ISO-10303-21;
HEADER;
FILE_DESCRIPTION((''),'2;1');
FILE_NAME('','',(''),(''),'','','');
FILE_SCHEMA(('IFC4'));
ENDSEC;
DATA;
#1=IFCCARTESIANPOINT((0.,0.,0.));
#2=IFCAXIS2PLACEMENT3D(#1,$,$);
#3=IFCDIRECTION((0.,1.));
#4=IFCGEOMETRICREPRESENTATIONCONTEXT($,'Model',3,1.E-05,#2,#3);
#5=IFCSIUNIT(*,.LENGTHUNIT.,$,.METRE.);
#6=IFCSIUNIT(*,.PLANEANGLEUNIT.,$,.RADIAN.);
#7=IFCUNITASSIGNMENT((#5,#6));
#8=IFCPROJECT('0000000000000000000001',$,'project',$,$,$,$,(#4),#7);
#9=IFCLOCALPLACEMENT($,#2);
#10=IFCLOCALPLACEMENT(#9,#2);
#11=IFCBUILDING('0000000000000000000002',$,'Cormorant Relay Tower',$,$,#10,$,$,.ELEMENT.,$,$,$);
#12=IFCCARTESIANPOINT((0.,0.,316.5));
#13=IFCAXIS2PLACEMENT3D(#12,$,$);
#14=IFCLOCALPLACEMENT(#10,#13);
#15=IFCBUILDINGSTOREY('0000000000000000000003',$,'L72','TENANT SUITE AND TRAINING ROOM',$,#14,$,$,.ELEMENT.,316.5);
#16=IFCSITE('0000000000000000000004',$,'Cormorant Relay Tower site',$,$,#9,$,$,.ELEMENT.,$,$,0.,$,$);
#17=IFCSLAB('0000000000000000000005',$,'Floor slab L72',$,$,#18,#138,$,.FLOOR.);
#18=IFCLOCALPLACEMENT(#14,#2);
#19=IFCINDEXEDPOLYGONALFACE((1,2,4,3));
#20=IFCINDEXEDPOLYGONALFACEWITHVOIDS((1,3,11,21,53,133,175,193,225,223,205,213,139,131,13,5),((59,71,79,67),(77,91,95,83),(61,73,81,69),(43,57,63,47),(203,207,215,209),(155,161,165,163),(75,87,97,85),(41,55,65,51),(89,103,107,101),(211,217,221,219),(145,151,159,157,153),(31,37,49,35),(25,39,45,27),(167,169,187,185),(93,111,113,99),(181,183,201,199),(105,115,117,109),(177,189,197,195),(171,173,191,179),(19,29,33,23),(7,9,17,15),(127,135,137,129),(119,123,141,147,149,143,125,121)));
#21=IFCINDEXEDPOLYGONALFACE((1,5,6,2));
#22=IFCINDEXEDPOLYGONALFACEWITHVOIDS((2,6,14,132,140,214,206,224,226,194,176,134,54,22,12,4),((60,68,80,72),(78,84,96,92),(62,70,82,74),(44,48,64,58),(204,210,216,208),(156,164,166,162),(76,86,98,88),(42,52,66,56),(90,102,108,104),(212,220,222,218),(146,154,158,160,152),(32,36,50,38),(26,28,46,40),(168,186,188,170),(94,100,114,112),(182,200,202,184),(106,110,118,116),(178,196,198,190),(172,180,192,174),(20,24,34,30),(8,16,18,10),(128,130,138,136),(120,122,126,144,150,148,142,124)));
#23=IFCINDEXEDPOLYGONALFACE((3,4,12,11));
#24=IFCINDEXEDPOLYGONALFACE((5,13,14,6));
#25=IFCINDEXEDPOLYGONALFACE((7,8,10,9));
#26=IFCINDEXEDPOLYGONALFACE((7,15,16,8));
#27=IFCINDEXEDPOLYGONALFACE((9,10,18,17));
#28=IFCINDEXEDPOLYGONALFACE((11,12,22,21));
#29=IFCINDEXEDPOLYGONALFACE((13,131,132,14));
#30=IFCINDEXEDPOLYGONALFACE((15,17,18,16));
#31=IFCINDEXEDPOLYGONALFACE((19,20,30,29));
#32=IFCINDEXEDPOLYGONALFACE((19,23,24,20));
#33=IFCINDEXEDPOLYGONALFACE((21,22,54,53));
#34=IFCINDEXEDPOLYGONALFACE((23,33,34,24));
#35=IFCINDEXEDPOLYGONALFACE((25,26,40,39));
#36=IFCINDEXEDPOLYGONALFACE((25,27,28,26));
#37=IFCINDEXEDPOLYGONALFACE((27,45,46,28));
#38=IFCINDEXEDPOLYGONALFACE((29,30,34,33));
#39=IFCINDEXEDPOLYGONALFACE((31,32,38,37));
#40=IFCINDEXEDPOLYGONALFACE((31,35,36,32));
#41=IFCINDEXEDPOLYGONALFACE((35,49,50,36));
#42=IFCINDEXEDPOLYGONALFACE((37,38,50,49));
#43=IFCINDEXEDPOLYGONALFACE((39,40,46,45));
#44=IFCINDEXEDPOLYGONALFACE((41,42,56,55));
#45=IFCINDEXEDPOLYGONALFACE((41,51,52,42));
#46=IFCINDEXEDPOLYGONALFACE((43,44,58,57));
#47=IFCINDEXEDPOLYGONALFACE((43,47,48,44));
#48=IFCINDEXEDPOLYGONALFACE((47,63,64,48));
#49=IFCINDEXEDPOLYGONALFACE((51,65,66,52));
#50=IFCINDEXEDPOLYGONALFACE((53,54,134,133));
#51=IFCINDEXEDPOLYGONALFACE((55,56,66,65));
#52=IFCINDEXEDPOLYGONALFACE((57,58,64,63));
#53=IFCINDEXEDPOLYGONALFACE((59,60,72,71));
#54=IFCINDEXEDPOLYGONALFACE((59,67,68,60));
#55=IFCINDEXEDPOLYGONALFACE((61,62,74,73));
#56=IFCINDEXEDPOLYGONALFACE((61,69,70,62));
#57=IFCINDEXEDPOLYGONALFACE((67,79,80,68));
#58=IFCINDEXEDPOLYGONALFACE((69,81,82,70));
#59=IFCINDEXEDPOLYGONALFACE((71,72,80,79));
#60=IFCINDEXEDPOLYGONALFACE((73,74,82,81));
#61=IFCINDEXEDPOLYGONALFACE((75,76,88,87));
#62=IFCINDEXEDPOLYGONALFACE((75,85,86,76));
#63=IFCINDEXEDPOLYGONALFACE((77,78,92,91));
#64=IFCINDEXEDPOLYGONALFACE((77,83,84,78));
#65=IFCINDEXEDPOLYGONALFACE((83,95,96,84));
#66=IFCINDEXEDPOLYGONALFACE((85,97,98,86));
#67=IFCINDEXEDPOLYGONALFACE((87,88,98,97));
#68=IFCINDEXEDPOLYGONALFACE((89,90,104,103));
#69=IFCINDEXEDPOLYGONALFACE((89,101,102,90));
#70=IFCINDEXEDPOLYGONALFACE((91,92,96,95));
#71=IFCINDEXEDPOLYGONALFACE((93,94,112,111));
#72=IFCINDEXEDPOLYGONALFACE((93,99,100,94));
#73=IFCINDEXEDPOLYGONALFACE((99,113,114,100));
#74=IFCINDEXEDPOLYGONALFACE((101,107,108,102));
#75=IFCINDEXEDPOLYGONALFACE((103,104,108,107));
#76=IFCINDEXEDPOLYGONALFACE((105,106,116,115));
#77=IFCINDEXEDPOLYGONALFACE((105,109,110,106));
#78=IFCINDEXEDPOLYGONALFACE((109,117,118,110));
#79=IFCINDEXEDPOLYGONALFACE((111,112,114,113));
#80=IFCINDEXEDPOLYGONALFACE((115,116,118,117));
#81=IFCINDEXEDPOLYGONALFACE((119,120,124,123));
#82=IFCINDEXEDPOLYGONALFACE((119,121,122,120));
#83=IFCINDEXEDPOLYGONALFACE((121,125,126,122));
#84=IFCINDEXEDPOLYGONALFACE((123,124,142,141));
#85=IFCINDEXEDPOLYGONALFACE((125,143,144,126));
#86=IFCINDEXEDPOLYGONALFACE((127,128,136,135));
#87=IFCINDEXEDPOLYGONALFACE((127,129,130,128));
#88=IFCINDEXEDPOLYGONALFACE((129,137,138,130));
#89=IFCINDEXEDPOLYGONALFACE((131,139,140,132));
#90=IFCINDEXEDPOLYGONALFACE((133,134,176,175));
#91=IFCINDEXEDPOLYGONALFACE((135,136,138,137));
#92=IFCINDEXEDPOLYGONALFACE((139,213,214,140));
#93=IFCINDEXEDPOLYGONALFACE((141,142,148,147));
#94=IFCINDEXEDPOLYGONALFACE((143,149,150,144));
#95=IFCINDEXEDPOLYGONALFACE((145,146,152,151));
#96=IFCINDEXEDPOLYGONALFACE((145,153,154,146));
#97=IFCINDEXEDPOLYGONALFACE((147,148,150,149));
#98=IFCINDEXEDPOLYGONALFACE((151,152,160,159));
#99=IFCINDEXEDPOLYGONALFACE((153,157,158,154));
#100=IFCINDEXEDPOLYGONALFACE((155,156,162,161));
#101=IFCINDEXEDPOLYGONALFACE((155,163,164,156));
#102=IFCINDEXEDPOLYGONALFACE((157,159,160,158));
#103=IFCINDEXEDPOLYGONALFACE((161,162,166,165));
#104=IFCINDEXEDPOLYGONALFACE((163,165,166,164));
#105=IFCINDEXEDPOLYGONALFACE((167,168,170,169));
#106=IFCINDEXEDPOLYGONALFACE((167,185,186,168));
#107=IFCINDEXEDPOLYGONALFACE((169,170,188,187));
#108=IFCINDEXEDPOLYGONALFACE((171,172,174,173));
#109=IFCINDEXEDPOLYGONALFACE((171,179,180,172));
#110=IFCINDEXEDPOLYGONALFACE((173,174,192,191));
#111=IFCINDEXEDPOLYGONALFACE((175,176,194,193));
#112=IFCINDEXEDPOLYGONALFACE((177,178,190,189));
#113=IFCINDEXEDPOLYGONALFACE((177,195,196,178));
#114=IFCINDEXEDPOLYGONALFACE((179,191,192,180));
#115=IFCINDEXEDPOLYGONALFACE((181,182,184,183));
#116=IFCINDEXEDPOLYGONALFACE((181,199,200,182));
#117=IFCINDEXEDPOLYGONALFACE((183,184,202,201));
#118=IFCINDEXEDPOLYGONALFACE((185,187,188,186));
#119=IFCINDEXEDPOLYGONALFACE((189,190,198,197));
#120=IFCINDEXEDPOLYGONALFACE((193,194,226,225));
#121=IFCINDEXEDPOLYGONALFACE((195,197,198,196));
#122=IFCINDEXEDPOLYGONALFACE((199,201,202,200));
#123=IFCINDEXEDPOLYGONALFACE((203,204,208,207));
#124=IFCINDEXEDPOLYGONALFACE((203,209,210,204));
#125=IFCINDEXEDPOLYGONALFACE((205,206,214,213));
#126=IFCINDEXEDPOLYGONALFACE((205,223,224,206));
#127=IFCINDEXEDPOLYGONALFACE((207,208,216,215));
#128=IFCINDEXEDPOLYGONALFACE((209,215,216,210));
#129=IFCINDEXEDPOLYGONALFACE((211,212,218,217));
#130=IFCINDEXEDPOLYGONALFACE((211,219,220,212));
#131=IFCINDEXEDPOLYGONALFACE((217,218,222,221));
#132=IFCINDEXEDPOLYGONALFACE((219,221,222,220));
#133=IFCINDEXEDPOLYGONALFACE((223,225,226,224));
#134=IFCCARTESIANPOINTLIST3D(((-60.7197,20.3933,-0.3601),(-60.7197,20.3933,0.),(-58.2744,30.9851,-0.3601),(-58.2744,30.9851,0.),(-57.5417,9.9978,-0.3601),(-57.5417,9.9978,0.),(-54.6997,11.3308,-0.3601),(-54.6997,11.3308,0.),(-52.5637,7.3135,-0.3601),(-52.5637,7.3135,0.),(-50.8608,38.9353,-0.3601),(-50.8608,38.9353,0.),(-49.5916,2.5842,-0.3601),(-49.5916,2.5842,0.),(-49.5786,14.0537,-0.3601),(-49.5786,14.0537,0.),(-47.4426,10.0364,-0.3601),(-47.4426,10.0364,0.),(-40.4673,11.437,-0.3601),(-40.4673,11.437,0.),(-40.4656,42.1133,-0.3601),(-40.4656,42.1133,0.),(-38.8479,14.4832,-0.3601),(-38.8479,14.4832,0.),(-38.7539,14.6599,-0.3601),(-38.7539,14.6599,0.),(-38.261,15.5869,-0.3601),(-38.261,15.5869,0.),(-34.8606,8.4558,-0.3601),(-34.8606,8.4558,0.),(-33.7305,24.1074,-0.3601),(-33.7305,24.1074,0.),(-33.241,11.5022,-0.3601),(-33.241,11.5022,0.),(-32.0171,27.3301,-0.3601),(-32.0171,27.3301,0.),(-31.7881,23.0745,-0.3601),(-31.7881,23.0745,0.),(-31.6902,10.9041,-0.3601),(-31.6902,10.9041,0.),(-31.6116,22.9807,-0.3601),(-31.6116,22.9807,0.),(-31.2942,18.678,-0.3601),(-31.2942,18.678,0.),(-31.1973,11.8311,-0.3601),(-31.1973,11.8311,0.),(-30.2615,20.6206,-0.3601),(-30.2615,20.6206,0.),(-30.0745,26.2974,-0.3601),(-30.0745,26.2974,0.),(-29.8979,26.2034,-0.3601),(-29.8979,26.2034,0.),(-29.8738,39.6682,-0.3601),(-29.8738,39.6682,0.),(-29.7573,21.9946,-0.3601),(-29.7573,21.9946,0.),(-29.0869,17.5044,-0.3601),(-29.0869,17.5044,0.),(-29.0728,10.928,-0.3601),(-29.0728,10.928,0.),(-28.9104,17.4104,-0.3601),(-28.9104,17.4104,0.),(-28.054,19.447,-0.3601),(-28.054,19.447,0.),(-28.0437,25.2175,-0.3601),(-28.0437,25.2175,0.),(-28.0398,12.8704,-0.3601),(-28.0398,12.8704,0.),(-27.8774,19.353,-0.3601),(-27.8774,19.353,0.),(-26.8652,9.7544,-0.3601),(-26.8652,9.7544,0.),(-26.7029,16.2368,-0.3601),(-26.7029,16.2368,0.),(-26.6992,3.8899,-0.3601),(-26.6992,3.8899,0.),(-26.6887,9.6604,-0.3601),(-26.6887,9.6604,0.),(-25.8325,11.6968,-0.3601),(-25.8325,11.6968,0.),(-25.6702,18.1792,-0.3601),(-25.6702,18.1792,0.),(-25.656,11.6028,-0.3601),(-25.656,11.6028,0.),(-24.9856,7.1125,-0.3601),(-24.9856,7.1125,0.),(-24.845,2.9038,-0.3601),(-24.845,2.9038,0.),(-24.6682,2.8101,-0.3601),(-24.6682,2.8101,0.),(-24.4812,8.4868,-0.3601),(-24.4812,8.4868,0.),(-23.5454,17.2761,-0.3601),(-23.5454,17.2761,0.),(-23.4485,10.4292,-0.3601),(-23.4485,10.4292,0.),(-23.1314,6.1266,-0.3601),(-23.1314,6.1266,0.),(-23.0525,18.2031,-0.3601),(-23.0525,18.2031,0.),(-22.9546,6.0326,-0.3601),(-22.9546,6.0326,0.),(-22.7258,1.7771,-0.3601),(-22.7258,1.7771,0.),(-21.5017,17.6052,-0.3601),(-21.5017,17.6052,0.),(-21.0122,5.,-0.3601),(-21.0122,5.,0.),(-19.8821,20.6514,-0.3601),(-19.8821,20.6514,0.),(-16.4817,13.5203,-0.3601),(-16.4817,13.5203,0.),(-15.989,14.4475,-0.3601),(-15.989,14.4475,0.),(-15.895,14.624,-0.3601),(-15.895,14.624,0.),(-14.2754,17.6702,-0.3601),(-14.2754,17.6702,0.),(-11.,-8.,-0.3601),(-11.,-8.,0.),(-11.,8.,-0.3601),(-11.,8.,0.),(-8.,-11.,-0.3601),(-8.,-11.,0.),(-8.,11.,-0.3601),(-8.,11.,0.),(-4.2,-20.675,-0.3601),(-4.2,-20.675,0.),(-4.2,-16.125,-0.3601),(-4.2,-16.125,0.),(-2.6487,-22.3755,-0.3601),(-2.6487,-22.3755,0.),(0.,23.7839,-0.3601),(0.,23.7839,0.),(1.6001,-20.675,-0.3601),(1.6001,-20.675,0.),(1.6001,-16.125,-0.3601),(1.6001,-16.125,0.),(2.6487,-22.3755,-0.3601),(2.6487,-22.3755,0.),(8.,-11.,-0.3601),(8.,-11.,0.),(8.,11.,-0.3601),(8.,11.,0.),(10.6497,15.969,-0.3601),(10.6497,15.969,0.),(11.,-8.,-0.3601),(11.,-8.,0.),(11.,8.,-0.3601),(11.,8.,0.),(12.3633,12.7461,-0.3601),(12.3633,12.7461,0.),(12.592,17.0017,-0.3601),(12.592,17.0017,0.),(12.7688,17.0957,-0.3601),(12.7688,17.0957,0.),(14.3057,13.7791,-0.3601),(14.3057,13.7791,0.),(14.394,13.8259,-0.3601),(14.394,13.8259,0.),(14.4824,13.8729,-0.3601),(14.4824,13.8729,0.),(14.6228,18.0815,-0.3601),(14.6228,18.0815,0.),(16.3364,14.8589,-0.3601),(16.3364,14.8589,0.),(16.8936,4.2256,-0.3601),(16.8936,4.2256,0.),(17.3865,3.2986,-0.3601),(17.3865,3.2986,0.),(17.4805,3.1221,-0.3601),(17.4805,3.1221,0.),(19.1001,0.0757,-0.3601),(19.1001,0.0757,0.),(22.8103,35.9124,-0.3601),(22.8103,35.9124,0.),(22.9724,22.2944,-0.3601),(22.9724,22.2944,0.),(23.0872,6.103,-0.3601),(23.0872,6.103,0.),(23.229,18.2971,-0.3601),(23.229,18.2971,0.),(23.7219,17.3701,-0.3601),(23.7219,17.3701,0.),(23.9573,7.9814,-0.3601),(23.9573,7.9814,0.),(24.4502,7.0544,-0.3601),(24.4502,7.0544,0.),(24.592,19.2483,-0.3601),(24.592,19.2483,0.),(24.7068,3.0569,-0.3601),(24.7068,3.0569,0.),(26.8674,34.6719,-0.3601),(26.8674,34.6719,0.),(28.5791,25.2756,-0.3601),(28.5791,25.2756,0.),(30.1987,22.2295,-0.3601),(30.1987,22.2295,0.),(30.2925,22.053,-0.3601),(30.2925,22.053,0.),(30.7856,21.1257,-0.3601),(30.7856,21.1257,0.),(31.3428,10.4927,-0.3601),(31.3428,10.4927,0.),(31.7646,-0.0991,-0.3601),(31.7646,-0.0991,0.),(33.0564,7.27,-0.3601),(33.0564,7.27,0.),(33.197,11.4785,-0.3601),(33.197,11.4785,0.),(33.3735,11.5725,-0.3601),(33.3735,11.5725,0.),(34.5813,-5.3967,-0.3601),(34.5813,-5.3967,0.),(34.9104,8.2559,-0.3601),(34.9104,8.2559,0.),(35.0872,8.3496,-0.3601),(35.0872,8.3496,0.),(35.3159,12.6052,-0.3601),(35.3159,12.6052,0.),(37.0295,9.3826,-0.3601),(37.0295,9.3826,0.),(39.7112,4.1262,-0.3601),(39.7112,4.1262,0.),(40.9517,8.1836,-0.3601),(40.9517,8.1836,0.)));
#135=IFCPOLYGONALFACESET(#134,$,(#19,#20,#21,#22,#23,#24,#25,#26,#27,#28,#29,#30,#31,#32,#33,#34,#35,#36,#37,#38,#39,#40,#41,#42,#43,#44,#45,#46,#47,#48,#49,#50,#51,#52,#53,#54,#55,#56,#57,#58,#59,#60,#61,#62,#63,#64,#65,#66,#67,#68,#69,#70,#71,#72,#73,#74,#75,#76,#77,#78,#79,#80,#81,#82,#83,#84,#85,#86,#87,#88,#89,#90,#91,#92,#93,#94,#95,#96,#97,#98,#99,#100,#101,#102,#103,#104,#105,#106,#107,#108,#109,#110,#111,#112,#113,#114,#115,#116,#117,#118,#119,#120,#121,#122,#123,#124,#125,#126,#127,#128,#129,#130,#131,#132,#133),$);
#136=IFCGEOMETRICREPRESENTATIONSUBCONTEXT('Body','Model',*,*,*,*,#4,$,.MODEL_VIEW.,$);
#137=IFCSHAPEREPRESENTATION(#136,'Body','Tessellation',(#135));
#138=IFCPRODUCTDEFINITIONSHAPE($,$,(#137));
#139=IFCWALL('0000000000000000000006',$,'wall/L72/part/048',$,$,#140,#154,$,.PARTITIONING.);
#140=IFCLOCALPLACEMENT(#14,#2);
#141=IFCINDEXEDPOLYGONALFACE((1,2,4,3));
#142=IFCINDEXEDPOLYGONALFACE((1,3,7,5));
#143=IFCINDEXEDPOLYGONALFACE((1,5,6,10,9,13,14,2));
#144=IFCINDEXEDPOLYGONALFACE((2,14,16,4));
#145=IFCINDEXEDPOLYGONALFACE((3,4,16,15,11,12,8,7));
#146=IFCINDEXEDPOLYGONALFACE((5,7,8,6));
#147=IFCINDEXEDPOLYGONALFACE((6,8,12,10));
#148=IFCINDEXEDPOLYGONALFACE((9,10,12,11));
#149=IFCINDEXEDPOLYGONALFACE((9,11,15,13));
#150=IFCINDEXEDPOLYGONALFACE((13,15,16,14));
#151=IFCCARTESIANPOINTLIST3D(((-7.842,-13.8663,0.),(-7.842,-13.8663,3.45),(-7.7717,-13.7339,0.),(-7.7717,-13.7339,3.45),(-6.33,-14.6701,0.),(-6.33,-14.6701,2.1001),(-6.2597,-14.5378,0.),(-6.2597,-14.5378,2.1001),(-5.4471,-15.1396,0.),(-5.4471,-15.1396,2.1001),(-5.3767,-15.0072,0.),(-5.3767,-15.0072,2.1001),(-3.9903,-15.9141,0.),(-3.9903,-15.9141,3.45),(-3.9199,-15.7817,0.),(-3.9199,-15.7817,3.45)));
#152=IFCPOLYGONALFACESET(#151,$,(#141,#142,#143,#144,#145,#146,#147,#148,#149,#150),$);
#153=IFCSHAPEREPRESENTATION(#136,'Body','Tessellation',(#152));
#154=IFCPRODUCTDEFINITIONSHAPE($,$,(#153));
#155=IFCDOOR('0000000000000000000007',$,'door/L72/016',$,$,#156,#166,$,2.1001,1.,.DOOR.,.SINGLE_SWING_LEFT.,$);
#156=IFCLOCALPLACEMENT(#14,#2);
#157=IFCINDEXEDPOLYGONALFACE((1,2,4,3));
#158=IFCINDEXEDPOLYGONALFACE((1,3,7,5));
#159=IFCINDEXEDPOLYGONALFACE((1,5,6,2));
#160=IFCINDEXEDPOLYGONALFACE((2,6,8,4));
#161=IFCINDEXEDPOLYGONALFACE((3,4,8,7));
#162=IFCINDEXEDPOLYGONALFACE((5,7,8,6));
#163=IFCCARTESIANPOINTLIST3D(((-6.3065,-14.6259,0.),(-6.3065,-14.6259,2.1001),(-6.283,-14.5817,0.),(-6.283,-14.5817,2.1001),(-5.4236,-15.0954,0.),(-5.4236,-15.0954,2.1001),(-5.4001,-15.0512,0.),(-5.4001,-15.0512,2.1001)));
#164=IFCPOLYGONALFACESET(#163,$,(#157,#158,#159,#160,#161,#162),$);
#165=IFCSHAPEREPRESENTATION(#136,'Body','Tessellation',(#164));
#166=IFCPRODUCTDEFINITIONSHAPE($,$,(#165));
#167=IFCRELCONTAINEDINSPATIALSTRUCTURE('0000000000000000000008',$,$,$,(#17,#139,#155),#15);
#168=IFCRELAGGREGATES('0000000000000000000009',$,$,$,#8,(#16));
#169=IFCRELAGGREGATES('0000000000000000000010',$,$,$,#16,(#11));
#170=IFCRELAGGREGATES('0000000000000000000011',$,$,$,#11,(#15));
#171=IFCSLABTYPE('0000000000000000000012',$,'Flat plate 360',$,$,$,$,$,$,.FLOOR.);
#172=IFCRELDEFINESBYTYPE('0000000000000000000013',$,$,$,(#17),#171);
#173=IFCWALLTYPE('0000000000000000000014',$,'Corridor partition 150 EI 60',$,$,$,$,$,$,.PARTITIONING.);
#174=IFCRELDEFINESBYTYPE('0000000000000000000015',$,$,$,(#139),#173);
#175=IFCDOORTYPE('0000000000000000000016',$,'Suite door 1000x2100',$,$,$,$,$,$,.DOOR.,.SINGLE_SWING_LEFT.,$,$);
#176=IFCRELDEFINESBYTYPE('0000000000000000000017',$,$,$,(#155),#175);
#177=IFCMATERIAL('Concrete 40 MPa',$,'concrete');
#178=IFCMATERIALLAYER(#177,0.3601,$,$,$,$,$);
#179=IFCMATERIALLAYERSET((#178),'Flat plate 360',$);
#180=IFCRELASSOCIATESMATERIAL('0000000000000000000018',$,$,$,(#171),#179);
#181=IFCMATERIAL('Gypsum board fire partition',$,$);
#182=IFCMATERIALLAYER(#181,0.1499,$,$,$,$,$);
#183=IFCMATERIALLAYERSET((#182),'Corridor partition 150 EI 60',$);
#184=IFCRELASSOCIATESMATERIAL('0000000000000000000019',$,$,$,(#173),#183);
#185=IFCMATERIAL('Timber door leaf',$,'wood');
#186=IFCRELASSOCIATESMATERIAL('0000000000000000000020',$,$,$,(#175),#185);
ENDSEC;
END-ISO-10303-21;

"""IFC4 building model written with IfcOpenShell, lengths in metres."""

from ifc_helpers import new_model, si_unit, direction, frame, frame_2d, origin, place, context, subcontext, project, spatial, polyline, rectangle, outline, extrude, material, layer, layer_set, type_object, element, fill, save


model = new_model("IFC4")

# Units and contexts
model_context = context("Model", 3, precision=1e-05, world=origin(), true_north=direction((0.0, 1.0)))
body_context = subcontext(model_context, "Body", "Model", "MODEL_VIEW")
ifc_project = project(units=[si_unit("LENGTHUNIT", "METRE"), si_unit("PLANEANGLEUNIT", "RADIAN")], contexts=[model_context])

# Site, building, storey
site_placement = place(None, origin())
site = spatial("IfcSite", under=ifc_project, at=site_placement, Name="Cormorant Relay Tower site", CompositionType="ELEMENT", RefElevation=0.0)
building_placement = place(site_placement, origin())
building = spatial("IfcBuilding", under=site, at=building_placement, Name="Cormorant Relay Tower", CompositionType="ELEMENT")
storey_placement = place(building_placement, frame((0.0, 0.0, 316.5)))
storey = spatial("IfcBuildingStorey", under=building, at=storey_placement, Name="L72", Description="TENANT SUITE AND TRAINING ROOM", CompositionType="ELEMENT", Elevation=316.5)

# Slab
ifc_material_1 = material(Name="Concrete 40 MPa", Category="concrete")
ifc_layer_1 = layer(ifc_material_1, 0.3601)
ifc_layer_set_1 = layer_set([ifc_layer_1], Name="Flat plate 360")
slab_type_1 = type_object("IfcSlabType", Name="Flat plate 360", PredefinedType="FLOOR", material=ifc_layer_set_1)
slab_1_placement = place(storey_placement, frame((0.0, 0.0, -0.3601)))
element("IfcSlab", 1, at=slab_1_placement, inside=storey, type_object=slab_type_1, Name="Floor slab L72", PredefinedType="FLOOR", context=body_context, shape_type="SweptSolid", body=[
    extrude(outline(polyline([(-60.7197, 20.3933), (-58.2744, 30.9851), (-50.8608, 38.9353), (-40.4656, 42.1133), (-29.8738, 39.6682), (0.0, 23.7839), (22.8103, 35.9124), (26.8674, 34.6719), (40.9517, 8.1836), (39.7112, 4.1262), (31.7646, -0.0991), (34.5813, -5.3967), (2.6487, -22.3755), (-2.6487, -22.3755), (-49.5916, 2.5842), (-57.5417, 9.9978), (-60.7197, 20.3933)]), holes=[polyline([(11.0, -8.0), (11.0, 8.0), (8.0, 11.0), (-8.0, 11.0), (-11.0, 8.0), (-11.0, -8.0), (-8.0, -11.0), (8.0, -11.0), (11.0, -8.0)]), polyline([(-22.9546, 6.0327), (-24.6682, 2.8101), (-22.7258, 1.7771), (-21.0122, 5.0), (-23.043, 6.0796), (-22.9546, 6.0327)]), polyline([(-24.9856, 7.1125), (-26.6992, 3.8899), (-24.845, 2.9038), (-23.1313, 6.1267), (-23.043, 6.0796), (-24.9856, 7.1125)]), polyline([(-24.4812, 8.4868), (-23.4485, 10.4292), (-25.656, 11.6028), (-26.6887, 9.6604), (-24.4812, 8.4868)]), polyline([(-49.5786, 14.0537), (-54.6997, 11.3308), (-52.5637, 7.3135), (-47.4426, 10.0364), (-49.5786, 14.0537)]), polyline([(-25.8325, 11.6968), (-28.0398, 12.8704), (-29.0728, 10.928), (-26.8652, 9.7544), (-25.8325, 11.6968)]), polyline([(-38.8479, 14.4832), (-40.4673, 11.437), (-34.8606, 8.4558), (-33.241, 11.5022), (-38.8479, 14.4832)]), polyline([(-38.261, 15.5869), (-38.7539, 14.6599), (-31.6902, 10.9041), (-31.1973, 11.8311), (-38.261, 15.5869)]), polyline([(-26.7029, 16.2368), (-25.6702, 18.1792), (-27.8774, 19.353), (-28.9104, 17.4104), (-26.7029, 16.2368)]), polyline([(-31.2942, 18.678), (-29.0869, 17.5044), (-28.054, 19.447), (-30.2615, 20.6206), (-31.2942, 18.678)]), polyline([(-31.6116, 22.9807), (-29.7573, 21.9946), (-28.0437, 25.2175), (-29.8979, 26.2034), (-31.6116, 22.9807)]), polyline([(-32.0171, 27.3301), (-33.7305, 24.1074), (-31.7881, 23.0745), (-30.0745, 26.2974), (-32.0171, 27.3301)]), polyline([(-4.2, -16.125), (-4.2, -20.675), (1.6001, -20.675), (1.6001, -16.125), (-4.2, -16.125)]), polyline([(17.4805, 3.1221), (19.1001, 0.0757), (24.7068, 3.0569), (23.0872, 6.103), (17.4805, 3.1221)]), polyline([(17.3865, 3.2986), (24.4502, 7.0544), (23.9573, 7.9814), (16.8936, 4.2256), (17.3865, 3.2986)]), polyline([(33.197, 11.4785), (31.3428, 10.4927), (33.0564, 7.27), (34.9104, 8.2559), (33.197, 11.4785)]), polyline([(33.3735, 11.5725), (35.0872, 8.3496), (37.0295, 9.3826), (35.3159, 12.6052), (33.3735, 11.5725)]), polyline([(14.3057, 13.7791), (12.592, 17.0017), (10.6497, 15.969), (12.3633, 12.7461), (14.394, 13.8259), (14.3057, 13.7791)]), polyline([(16.3364, 14.8589), (14.6228, 18.0815), (12.7688, 17.0957), (14.4824, 13.8728), (14.394, 13.8259), (16.3364, 14.8589)]), polyline([(-16.4817, 13.5203), (-15.989, 14.4475), (-23.0525, 18.2031), (-23.5454, 17.2761), (-16.4817, 13.5203)]), polyline([(-15.895, 14.624), (-14.2754, 17.6702), (-19.8821, 20.6514), (-21.5017, 17.6052), (-15.895, 14.624)]), polyline([(30.7856, 21.1257), (30.2925, 22.053), (23.229, 18.2971), (23.7219, 17.3701), (30.7856, 21.1257)]), polyline([(24.592, 19.2483), (30.1987, 22.2295), (28.5791, 25.2756), (22.9724, 22.2944), (24.592, 19.2483)])]), origin(), (0.0, 0.0, 1.0), 0.3601),
])

# Wall, opening, door
ifc_material_2 = material(Name="Gypsum board fire partition")
ifc_layer_2 = layer(ifc_material_2, 0.1499)
ifc_layer_set_2 = layer_set([ifc_layer_2], Name="Corridor partition 150 EI 60")
wall_type_1 = type_object("IfcWallType", Name="Corridor partition 150 EI 60", PredefinedType="PARTITIONING", material=ifc_layer_set_2)
wall_1_placement = place(storey_placement, frame((-3.9551, -15.8479, 0.0), z_axis=(0.0, 0.0, 1.0), x_axis=(-0.882966, 0.469438, 0.0)))
wall_1 = element("IfcWall", 2, at=wall_1_placement, inside=storey, type_object=wall_type_1, Name="wall/L72/part/048", PredefinedType="PARTITIONING", context=body_context, shape_type="SweptSolid", body=[
    extrude(rectangle(XDim=4.3623, YDim=0.1499, at=frame_2d((2.1812, 0.0))), origin(), (0.0, 0.0, 1.0), 3.45),
])
opening_1_placement = place(wall_1_placement, frame((1.6499, 0.0, 0.0)))
opening_1 = element("IfcOpeningElement", 3, at=opening_1_placement, cuts=wall_1, PredefinedType="OPENING", context=body_context, shape_type="SweptSolid", body=[
    extrude(rectangle(XDim=1.0, YDim=2.1001, at=frame_2d((0.5, 1.05))), frame((0.0, 0.085, 0.0), z_axis=(0.0, -1.0, 0.0), x_axis=(1.0, 0.0, 0.0)), (0.0, 0.0, 1.0), 0.1699),
])
ifc_material_3 = material(Name="Timber door leaf", Category="wood")
door_type_1 = type_object("IfcDoorType", Name="Suite door 1000x2100", OperationType="SINGLE_SWING_LEFT", PredefinedType="DOOR", material=ifc_material_3)
door_1_placement = place(opening_1_placement, origin())
door_1 = element("IfcDoor", 4, at=door_1_placement, inside=storey, type_object=door_type_1, Name="door/L72/016", OperationType="SINGLE_SWING_LEFT", OverallHeight=2.1001, OverallWidth=1.0, PredefinedType="DOOR", context=body_context, shape_type="SweptSolid", body=[
    extrude(rectangle(XDim=1.0, YDim=2.1001, at=frame_2d((0.5, 1.05))), frame((0.0, 0.0249, 0.0), z_axis=(0.0, -1.0, 0.0), x_axis=(1.0, 0.0, 0.0)), (0.0, 0.0, 1.0), 0.05),
])
fill(opening_1, door_1)

save(model, "model.ifc")
